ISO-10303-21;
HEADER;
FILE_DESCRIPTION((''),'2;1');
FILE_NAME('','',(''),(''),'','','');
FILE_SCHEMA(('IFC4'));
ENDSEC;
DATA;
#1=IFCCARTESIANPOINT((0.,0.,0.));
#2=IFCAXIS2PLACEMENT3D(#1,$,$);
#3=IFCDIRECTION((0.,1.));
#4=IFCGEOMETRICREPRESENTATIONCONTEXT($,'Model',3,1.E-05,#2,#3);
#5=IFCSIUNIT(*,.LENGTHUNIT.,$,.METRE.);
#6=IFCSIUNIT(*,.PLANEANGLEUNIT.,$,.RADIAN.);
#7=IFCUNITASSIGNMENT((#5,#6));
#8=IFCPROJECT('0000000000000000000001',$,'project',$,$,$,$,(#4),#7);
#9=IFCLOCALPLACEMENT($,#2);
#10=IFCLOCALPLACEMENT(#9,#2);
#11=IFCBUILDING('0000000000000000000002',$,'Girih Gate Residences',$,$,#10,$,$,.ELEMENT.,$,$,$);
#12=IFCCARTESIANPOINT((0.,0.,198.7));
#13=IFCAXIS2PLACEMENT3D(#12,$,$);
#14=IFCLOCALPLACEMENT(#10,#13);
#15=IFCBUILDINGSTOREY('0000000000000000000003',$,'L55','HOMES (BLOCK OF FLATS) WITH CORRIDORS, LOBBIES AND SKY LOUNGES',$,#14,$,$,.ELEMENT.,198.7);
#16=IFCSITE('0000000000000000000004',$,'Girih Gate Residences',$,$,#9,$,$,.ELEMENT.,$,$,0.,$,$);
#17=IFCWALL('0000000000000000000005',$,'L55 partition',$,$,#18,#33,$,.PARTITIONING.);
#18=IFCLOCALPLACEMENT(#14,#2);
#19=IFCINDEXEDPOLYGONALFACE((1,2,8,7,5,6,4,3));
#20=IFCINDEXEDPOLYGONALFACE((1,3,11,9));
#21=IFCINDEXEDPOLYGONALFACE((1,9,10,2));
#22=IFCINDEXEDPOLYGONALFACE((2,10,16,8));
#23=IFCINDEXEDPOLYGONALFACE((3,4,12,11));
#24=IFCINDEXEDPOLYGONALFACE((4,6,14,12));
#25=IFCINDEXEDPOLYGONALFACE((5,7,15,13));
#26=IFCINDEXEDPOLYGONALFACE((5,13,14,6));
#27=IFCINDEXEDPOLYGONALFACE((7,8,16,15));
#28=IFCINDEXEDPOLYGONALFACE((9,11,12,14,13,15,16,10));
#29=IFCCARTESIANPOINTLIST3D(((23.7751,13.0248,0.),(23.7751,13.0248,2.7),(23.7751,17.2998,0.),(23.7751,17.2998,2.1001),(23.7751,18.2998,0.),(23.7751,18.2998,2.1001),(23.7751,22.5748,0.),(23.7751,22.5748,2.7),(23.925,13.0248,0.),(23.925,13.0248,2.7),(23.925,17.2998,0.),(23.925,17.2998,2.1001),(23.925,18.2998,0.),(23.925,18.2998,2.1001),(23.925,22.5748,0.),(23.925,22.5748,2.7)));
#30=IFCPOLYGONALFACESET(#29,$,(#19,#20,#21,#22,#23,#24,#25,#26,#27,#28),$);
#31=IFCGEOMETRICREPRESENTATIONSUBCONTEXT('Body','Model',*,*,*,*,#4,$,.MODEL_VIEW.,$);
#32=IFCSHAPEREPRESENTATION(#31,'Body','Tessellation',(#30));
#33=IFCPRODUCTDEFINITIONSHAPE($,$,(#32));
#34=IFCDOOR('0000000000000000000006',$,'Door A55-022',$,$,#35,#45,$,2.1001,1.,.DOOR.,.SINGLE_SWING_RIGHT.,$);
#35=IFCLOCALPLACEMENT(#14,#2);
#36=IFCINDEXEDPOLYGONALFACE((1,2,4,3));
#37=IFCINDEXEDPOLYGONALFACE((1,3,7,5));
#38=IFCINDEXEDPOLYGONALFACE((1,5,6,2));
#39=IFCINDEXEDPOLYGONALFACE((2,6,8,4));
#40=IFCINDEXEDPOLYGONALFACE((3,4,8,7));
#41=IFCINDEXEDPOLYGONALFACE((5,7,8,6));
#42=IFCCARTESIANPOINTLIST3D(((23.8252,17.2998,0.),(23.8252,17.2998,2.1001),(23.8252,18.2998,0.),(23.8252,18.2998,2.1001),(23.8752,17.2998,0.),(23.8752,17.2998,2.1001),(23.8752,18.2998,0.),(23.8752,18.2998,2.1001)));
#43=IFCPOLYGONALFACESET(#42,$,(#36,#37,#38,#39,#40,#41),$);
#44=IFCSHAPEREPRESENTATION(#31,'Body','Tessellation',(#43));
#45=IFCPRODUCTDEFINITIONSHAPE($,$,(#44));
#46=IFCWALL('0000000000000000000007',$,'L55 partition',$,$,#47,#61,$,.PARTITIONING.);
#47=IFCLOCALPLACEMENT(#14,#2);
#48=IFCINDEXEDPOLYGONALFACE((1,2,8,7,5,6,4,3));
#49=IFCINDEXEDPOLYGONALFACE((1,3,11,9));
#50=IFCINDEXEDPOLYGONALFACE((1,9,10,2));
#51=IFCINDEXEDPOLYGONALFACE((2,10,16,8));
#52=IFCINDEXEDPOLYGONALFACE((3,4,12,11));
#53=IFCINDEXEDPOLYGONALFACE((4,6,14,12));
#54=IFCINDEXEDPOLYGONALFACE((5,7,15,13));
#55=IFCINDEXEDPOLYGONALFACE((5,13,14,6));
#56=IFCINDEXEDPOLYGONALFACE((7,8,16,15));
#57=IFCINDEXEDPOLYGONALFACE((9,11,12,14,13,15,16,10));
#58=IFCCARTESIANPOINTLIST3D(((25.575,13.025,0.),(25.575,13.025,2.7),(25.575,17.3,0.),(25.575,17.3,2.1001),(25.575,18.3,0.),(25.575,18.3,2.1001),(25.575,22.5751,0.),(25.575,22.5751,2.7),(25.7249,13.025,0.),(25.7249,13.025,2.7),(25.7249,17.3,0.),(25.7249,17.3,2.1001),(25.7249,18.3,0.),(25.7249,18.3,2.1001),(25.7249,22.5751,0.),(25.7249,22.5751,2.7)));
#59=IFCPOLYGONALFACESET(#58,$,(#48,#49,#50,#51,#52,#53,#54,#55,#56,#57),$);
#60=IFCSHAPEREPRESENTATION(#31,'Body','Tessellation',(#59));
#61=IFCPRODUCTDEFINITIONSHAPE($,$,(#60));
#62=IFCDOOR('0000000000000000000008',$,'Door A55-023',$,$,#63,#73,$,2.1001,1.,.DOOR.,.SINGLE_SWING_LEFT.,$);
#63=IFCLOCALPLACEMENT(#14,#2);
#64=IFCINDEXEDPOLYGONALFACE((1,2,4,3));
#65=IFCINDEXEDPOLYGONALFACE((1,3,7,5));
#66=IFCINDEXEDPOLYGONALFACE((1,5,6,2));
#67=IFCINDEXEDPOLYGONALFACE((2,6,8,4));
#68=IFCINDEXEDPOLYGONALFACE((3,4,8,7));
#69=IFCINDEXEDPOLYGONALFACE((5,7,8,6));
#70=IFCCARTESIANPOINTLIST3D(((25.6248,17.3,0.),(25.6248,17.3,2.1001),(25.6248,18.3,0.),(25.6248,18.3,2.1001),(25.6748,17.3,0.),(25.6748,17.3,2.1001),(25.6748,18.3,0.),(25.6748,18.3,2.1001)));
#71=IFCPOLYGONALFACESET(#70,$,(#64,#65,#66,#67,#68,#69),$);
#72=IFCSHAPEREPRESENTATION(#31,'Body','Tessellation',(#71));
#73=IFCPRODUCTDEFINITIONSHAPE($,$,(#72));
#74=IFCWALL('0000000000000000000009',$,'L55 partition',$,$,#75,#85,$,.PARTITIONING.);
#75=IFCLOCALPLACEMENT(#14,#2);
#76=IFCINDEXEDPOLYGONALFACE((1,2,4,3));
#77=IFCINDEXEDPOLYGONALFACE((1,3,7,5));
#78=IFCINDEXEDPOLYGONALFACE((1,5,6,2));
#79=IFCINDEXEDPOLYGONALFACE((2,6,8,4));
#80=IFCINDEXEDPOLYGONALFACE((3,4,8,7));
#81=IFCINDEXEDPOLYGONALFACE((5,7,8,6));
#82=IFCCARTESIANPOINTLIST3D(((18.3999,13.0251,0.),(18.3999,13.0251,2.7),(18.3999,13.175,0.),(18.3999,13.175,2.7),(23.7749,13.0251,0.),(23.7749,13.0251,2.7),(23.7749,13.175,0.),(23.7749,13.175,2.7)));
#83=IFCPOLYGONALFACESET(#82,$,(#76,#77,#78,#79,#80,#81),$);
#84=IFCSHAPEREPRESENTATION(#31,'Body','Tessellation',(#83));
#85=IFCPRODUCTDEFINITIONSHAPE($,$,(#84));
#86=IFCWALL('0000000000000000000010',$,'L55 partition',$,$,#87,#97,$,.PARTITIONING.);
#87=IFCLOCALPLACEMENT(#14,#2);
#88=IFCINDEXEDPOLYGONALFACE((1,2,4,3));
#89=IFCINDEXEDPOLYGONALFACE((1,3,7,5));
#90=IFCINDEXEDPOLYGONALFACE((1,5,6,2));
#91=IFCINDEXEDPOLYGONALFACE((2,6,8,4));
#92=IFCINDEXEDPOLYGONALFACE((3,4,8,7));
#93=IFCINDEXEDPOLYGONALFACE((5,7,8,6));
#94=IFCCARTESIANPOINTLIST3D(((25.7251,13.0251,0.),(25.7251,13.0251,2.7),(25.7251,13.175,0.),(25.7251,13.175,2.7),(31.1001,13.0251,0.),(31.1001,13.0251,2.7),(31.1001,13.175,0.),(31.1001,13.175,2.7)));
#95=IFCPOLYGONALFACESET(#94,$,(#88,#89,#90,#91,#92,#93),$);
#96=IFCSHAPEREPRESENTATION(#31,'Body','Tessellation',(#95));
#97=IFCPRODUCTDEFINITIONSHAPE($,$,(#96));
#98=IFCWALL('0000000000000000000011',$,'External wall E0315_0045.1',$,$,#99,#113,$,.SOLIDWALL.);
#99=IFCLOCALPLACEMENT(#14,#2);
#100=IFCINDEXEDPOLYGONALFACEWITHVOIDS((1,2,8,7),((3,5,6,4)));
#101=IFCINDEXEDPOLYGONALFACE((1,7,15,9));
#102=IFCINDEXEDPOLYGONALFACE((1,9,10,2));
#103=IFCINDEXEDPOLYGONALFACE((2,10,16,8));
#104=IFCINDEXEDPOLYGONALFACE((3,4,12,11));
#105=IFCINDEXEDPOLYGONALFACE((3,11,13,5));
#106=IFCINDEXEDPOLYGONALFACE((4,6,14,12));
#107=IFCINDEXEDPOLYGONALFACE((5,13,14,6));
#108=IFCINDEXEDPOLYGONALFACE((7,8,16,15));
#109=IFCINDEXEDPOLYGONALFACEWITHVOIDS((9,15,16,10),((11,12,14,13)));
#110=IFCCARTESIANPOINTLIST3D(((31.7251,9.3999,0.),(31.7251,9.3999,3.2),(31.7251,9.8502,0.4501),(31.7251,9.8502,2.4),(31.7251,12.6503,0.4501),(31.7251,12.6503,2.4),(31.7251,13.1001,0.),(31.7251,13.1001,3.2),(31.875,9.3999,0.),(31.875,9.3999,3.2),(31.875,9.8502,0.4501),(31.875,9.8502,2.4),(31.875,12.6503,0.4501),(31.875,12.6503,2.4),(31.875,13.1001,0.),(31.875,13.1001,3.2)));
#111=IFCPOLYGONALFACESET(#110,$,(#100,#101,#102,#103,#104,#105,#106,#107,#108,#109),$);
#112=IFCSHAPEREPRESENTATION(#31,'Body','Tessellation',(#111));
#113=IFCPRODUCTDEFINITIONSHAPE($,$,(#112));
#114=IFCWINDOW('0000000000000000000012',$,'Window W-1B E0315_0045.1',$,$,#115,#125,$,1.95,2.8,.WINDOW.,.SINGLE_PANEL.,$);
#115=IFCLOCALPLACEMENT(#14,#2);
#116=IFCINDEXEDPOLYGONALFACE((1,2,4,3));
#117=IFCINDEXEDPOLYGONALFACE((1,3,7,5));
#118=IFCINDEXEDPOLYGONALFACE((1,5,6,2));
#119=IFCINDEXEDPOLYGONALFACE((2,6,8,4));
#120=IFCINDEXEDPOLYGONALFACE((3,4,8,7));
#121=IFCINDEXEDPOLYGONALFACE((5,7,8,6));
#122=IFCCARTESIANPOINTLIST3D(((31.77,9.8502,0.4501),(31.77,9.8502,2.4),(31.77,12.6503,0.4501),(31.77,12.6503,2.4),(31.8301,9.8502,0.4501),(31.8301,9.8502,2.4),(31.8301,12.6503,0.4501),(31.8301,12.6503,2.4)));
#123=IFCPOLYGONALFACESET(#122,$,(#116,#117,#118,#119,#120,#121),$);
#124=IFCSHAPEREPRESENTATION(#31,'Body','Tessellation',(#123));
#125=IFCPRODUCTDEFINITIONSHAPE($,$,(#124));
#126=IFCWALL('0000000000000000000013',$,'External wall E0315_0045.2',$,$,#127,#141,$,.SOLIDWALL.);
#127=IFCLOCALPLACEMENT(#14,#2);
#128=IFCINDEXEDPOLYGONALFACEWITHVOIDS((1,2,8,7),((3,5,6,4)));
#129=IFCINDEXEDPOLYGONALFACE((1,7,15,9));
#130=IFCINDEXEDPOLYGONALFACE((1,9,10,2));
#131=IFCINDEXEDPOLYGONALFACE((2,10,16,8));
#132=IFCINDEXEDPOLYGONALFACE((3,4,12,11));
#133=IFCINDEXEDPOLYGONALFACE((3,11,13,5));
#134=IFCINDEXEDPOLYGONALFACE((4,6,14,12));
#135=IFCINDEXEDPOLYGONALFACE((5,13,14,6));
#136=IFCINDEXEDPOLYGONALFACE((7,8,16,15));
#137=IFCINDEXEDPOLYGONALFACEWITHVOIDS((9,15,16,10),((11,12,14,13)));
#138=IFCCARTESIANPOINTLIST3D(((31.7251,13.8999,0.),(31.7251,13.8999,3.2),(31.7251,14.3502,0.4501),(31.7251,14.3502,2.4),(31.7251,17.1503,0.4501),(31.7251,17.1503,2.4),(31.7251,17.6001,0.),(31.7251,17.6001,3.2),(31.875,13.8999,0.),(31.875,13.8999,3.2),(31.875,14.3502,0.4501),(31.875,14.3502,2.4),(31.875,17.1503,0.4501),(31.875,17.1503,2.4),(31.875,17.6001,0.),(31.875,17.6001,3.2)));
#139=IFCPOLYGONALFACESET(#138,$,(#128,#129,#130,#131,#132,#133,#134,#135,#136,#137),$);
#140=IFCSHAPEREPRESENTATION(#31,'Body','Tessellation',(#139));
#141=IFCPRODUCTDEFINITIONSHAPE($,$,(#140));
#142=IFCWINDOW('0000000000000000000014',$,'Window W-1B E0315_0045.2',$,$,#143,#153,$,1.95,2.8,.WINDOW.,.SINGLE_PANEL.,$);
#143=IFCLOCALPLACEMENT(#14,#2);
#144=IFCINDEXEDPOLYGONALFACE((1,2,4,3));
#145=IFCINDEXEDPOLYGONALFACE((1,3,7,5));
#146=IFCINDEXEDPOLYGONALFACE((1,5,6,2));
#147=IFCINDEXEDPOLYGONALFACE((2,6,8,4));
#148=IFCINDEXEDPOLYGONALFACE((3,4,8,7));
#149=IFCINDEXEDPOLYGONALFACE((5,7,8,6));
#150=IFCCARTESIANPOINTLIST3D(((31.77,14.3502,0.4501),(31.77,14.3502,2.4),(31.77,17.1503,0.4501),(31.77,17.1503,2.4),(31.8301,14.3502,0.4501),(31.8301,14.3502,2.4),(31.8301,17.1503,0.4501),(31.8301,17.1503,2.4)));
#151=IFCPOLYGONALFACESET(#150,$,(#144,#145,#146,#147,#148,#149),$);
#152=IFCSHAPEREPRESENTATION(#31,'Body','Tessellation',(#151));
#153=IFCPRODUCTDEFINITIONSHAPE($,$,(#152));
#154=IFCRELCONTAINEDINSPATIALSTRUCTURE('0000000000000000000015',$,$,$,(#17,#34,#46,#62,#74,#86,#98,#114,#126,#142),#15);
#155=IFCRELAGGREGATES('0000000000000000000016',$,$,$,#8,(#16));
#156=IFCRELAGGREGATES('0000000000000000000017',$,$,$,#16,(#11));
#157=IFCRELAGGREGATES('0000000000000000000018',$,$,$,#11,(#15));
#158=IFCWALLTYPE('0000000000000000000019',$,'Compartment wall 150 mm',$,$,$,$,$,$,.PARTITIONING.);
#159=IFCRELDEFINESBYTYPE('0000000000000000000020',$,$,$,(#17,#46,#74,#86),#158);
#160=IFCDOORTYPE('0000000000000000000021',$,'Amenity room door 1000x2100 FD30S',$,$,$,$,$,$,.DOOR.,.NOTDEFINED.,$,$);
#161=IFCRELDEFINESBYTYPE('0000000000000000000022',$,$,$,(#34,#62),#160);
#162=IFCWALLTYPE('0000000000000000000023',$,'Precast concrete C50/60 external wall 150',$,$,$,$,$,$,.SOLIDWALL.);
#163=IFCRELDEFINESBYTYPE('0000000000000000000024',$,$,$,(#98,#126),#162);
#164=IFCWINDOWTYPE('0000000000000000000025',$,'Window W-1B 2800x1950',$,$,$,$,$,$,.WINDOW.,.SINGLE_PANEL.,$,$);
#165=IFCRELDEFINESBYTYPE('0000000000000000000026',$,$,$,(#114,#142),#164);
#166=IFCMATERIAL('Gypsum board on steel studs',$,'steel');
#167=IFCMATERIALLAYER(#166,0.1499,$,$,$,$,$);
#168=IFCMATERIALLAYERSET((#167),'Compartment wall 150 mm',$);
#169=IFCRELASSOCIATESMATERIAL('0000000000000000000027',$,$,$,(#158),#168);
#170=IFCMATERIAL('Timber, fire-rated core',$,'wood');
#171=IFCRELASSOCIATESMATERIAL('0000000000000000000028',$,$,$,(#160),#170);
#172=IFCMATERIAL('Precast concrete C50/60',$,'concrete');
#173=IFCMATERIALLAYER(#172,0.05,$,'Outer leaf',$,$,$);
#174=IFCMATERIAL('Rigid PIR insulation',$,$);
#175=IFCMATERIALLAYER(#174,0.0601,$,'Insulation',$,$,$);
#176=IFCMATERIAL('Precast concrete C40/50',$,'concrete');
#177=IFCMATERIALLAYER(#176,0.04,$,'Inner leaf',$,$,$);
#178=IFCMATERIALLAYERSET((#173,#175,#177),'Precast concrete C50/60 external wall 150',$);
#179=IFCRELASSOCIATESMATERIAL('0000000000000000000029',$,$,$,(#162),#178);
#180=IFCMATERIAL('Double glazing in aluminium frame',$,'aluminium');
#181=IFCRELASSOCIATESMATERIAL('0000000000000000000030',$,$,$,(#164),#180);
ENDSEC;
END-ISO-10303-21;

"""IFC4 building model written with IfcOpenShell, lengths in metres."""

from ifc_helpers import new_model, si_unit, direction, frame, frame_2d, origin, place, context, subcontext, project, spatial, rectangle, extrude, material, layer, layer_set, type_object, element, fill, save


model = new_model("IFC4")

# Units and contexts
model_context = context("Model", 3, precision=1e-05, world=origin(), true_north=direction((0.0, 1.0)))
body_context = subcontext(model_context, "Body", "Model", "MODEL_VIEW")
ifc_project = project(units=[si_unit("LENGTHUNIT", "METRE"), si_unit("PLANEANGLEUNIT", "RADIAN")], contexts=[model_context])

# Site, building, storey
site_placement = place(None, origin())
site = spatial("IfcSite", under=ifc_project, at=site_placement, Name="Girih Gate Residences", CompositionType="ELEMENT", RefElevation=0.0)
building_placement = place(site_placement, origin())
building = spatial("IfcBuilding", under=site, at=building_placement, Name="Girih Gate Residences", CompositionType="ELEMENT")
storey_placement = place(building_placement, frame((0.0, 0.0, 198.7)))
storey = spatial("IfcBuildingStorey", under=building, at=storey_placement, Name="L55", Description="HOMES (BLOCK OF FLATS) WITH CORRIDORS, LOBBIES AND SKY LOUNGES", CompositionType="ELEMENT", Elevation=198.7)

# Shared definitions
ifc_material_1 = material(Name="Gypsum board on steel studs", Category="steel")
ifc_layer_1 = layer(ifc_material_1, 0.1499)
ifc_layer_set_1 = layer_set([ifc_layer_1], Name="Compartment wall 150 mm")
wall_type_1 = type_object("IfcWallType", Name="Compartment wall 150 mm", PredefinedType="PARTITIONING", material=ifc_layer_set_1)

# Walls, openings, doors
ifc_material_2 = material(Name="Timber, fire-rated core", Category="wood")
door_type = type_object("IfcDoorType", Name="Amenity room door 1000x2100 FD30S", OperationType="NOTDEFINED", PredefinedType="DOOR", material=ifc_material_2)
wall_1_placement = place(storey_placement, frame((23.8501, 13.0249, 0.0), z_axis=(0.0, 0.0, 1.0), x_axis=(0.0, 1.0, 0.0)))
wall_1 = element("IfcWall", 1, at=wall_1_placement, inside=storey, type_object=wall_type_1, Name="L55 partition", PredefinedType="PARTITIONING", context=body_context, shape_type="SweptSolid", body=[
    extrude(rectangle(XDim=9.55, YDim=0.1499, at=frame_2d((4.7749, 0.0))), origin(), (0.0, 0.0, 1.0), 2.7),
])
opening_1_placement = place(wall_1_placement, frame((4.2749, 0.0, 0.0)))
opening_1 = element("IfcOpeningElement", 2, at=opening_1_placement, cuts=wall_1, PredefinedType="OPENING", context=body_context, shape_type="SweptSolid", body=[
    extrude(rectangle(XDim=1.0, YDim=2.1001, at=frame_2d((0.5, 1.05))), frame((0.0, 0.085, 0.0), z_axis=(0.0, -1.0, 0.0), x_axis=(1.0, 0.0, 0.0)), (0.0, 0.0, 1.0), 0.1699),
])
door_1_placement = place(opening_1_placement, origin())
door_1 = element("IfcDoor", 3, at=door_1_placement, inside=storey, type_object=door_type, Name="Door A55-022", OperationType="SINGLE_SWING_RIGHT", OverallHeight=2.1001, OverallWidth=1.0, PredefinedType="DOOR", context=body_context, shape_type="SweptSolid", body=[
    extrude(rectangle(XDim=1.0, YDim=2.1001, at=frame_2d((0.5, 1.05))), frame((0.0, 0.0249, 0.0), z_axis=(0.0, -1.0, 0.0), x_axis=(1.0, 0.0, 0.0)), (0.0, 0.0, 1.0), 0.05),
])
fill(opening_1, door_1)
wall_2_placement = place(storey_placement, frame((25.6499, 22.575, 0.0), z_axis=(0.0, 0.0, 1.0), x_axis=(0.0, -1.0, 0.0)))
wall_2 = element("IfcWall", 4, at=wall_2_placement, inside=storey, type_object=wall_type_1, Name="L55 partition", PredefinedType="PARTITIONING", context=body_context, shape_type="SweptSolid", body=[
    extrude(rectangle(XDim=9.55, YDim=0.1499, at=frame_2d((4.7749, 0.0))), origin(), (0.0, 0.0, 1.0), 2.7),
])
opening_2_placement = place(wall_2_placement, frame((4.2749, 0.0, 0.0)))
opening_2 = element("IfcOpeningElement", 5, at=opening_2_placement, cuts=wall_2, PredefinedType="OPENING", context=body_context, shape_type="SweptSolid", body=[
    extrude(rectangle(XDim=1.0, YDim=2.1001, at=frame_2d((0.5, 1.05))), frame((0.0, 0.085, 0.0), z_axis=(0.0, -1.0, 0.0), x_axis=(1.0, 0.0, 0.0)), (0.0, 0.0, 1.0), 0.1699),
])
door_2_placement = place(opening_2_placement, origin())
door_2 = element("IfcDoor", 6, at=door_2_placement, inside=storey, type_object=door_type, Name="Door A55-023", OperationType="SINGLE_SWING_LEFT", OverallHeight=2.1001, OverallWidth=1.0, PredefinedType="DOOR", context=body_context, shape_type="SweptSolid", body=[
    extrude(rectangle(XDim=1.0, YDim=2.1001, at=frame_2d((0.5, 1.05))), frame((0.0, 0.0249, 0.0), z_axis=(0.0, -1.0, 0.0), x_axis=(1.0, 0.0, 0.0)), (0.0, 0.0, 1.0), 0.05),
])
fill(opening_2, door_2)

# Walls
for number, where, z_axis, x_axis, name in (
    (7, (18.3999, 13.1001, 0.0), (0.0, 0.0, 1.0), (1.0, 0.0, 0.0), "L55 partition"),
    (8, (25.7251, 13.1001, 0.0), (0.0, 0.0, 1.0), (1.0, 0.0, 0.0), "L55 partition"),
):
    element("IfcWall", number, at=place(storey_placement, frame(where, z_axis=z_axis, x_axis=x_axis)), inside=storey, type_object=wall_type_1, Name=name, PredefinedType="PARTITIONING", context=body_context, shape_type="SweptSolid", body=[
        extrude(rectangle(XDim=5.375, YDim=0.1499, at=frame_2d((2.6875, 0.0))), origin(), (0.0, 0.0, 1.0), 2.7),
    ])

# Walls, openings, windows
ifc_material_3 = material(Name="Precast concrete C50/60", Category="concrete")
ifc_layer_2 = layer(ifc_material_3, 0.05, Name="Outer leaf")
ifc_material_4 = material(Name="Rigid PIR insulation")
ifc_layer_3 = layer(ifc_material_4, 0.0601, Name="Insulation")
ifc_material_5 = material(Name="Precast concrete C40/50", Category="concrete")
ifc_layer_4 = layer(ifc_material_5, 0.04, Name="Inner leaf")
ifc_layer_set_2 = layer_set([ifc_layer_2, ifc_layer_3, ifc_layer_4], Name="Precast concrete C50/60 external wall 150")
wall_type_2 = type_object("IfcWallType", Name="Precast concrete C50/60 external wall 150", PredefinedType="SOLIDWALL", material=ifc_layer_set_2)
wall_3_placement = place(storey_placement, frame((31.8, 13.1001, 0.0), z_axis=(0.0, 0.0, 1.0), x_axis=(0.0, -1.0, 0.0)))
wall_3 = element("IfcWall", 9, at=wall_3_placement, inside=storey, type_object=wall_type_2, Name="External wall E0315_0045.1", PredefinedType="SOLIDWALL", context=body_context, shape_type="SweptSolid", body=[
    extrude(rectangle(XDim=3.7002, YDim=0.1499, at=frame_2d((1.8501, 0.0))), origin(), (0.0, 0.0, 1.0), 3.2),
])
opening_3_placement = place(wall_3_placement, frame((0.45, 0.0, 0.45)))
opening_3 = element("IfcOpeningElement", 10, at=opening_3_placement, cuts=wall_3, PredefinedType="OPENING", context=body_context, shape_type="SweptSolid", body=[
    extrude(rectangle(XDim=2.8, YDim=1.95, at=frame_2d((1.3999, 0.9751))), frame((0.0, 0.085, 0.0), z_axis=(0.0, -1.0, 0.0), x_axis=(1.0, 0.0, 0.0)), (0.0, 0.0, 1.0), 0.1699),
])
ifc_material_6 = material(Name="Double glazing in aluminium frame", Category="aluminium")
window_type = type_object("IfcWindowType", Name="Window W-1B 2800x1950", PartitioningType="SINGLE_PANEL", PredefinedType="WINDOW", material=ifc_material_6)
window_1_placement = place(opening_3_placement, origin())
window_1 = element("IfcWindow", 11, at=window_1_placement, inside=storey, type_object=window_type, Name="Window W-1B E0315_0045.1", OverallHeight=1.95, OverallWidth=2.8, PartitioningType="SINGLE_PANEL", PredefinedType="WINDOW", context=body_context, shape_type="SweptSolid", body=[
    extrude(rectangle(XDim=2.8, YDim=1.95, at=frame_2d((1.3999, 0.9751))), frame((0.0, 0.03, 0.0), z_axis=(0.0, -1.0, 0.0), x_axis=(1.0, 0.0, 0.0)), (0.0, 0.0, 1.0), 0.0601),
])
fill(opening_3, window_1)
wall_4_placement = place(storey_placement, frame((31.8, 17.6001, 0.0), z_axis=(0.0, 0.0, 1.0), x_axis=(0.0, -1.0, 0.0)))
wall_4 = element("IfcWall", 12, at=wall_4_placement, inside=storey, type_object=wall_type_2, Name="External wall E0315_0045.2", PredefinedType="SOLIDWALL", context=body_context, shape_type="SweptSolid", body=[
    extrude(rectangle(XDim=3.7002, YDim=0.1499, at=frame_2d((1.8501, 0.0))), origin(), (0.0, 0.0, 1.0), 3.2),
])
opening_4_placement = place(wall_4_placement, frame((0.45, 0.0, 0.45)))
opening_4 = element("IfcOpeningElement", 13, at=opening_4_placement, cuts=wall_4, PredefinedType="OPENING", context=body_context, shape_type="SweptSolid", body=[
    extrude(rectangle(XDim=2.8, YDim=1.95, at=frame_2d((1.3999, 0.9751))), frame((0.0, 0.085, 0.0), z_axis=(0.0, -1.0, 0.0), x_axis=(1.0, 0.0, 0.0)), (0.0, 0.0, 1.0), 0.1699),
])
window_2_placement = place(opening_4_placement, origin())
window_2 = element("IfcWindow", 14, at=window_2_placement, inside=storey, type_object=window_type, Name="Window W-1B E0315_0045.2", OverallHeight=1.95, OverallWidth=2.8, PartitioningType="SINGLE_PANEL", PredefinedType="WINDOW", context=body_context, shape_type="SweptSolid", body=[
    extrude(rectangle(XDim=2.8, YDim=1.95, at=frame_2d((1.3999, 0.9751))), frame((0.0, 0.03, 0.0), z_axis=(0.0, -1.0, 0.0), x_axis=(1.0, 0.0, 0.0)), (0.0, 0.0, 1.0), 0.0601),
])
fill(opening_4, window_2)

save(model, "model.ifc")
